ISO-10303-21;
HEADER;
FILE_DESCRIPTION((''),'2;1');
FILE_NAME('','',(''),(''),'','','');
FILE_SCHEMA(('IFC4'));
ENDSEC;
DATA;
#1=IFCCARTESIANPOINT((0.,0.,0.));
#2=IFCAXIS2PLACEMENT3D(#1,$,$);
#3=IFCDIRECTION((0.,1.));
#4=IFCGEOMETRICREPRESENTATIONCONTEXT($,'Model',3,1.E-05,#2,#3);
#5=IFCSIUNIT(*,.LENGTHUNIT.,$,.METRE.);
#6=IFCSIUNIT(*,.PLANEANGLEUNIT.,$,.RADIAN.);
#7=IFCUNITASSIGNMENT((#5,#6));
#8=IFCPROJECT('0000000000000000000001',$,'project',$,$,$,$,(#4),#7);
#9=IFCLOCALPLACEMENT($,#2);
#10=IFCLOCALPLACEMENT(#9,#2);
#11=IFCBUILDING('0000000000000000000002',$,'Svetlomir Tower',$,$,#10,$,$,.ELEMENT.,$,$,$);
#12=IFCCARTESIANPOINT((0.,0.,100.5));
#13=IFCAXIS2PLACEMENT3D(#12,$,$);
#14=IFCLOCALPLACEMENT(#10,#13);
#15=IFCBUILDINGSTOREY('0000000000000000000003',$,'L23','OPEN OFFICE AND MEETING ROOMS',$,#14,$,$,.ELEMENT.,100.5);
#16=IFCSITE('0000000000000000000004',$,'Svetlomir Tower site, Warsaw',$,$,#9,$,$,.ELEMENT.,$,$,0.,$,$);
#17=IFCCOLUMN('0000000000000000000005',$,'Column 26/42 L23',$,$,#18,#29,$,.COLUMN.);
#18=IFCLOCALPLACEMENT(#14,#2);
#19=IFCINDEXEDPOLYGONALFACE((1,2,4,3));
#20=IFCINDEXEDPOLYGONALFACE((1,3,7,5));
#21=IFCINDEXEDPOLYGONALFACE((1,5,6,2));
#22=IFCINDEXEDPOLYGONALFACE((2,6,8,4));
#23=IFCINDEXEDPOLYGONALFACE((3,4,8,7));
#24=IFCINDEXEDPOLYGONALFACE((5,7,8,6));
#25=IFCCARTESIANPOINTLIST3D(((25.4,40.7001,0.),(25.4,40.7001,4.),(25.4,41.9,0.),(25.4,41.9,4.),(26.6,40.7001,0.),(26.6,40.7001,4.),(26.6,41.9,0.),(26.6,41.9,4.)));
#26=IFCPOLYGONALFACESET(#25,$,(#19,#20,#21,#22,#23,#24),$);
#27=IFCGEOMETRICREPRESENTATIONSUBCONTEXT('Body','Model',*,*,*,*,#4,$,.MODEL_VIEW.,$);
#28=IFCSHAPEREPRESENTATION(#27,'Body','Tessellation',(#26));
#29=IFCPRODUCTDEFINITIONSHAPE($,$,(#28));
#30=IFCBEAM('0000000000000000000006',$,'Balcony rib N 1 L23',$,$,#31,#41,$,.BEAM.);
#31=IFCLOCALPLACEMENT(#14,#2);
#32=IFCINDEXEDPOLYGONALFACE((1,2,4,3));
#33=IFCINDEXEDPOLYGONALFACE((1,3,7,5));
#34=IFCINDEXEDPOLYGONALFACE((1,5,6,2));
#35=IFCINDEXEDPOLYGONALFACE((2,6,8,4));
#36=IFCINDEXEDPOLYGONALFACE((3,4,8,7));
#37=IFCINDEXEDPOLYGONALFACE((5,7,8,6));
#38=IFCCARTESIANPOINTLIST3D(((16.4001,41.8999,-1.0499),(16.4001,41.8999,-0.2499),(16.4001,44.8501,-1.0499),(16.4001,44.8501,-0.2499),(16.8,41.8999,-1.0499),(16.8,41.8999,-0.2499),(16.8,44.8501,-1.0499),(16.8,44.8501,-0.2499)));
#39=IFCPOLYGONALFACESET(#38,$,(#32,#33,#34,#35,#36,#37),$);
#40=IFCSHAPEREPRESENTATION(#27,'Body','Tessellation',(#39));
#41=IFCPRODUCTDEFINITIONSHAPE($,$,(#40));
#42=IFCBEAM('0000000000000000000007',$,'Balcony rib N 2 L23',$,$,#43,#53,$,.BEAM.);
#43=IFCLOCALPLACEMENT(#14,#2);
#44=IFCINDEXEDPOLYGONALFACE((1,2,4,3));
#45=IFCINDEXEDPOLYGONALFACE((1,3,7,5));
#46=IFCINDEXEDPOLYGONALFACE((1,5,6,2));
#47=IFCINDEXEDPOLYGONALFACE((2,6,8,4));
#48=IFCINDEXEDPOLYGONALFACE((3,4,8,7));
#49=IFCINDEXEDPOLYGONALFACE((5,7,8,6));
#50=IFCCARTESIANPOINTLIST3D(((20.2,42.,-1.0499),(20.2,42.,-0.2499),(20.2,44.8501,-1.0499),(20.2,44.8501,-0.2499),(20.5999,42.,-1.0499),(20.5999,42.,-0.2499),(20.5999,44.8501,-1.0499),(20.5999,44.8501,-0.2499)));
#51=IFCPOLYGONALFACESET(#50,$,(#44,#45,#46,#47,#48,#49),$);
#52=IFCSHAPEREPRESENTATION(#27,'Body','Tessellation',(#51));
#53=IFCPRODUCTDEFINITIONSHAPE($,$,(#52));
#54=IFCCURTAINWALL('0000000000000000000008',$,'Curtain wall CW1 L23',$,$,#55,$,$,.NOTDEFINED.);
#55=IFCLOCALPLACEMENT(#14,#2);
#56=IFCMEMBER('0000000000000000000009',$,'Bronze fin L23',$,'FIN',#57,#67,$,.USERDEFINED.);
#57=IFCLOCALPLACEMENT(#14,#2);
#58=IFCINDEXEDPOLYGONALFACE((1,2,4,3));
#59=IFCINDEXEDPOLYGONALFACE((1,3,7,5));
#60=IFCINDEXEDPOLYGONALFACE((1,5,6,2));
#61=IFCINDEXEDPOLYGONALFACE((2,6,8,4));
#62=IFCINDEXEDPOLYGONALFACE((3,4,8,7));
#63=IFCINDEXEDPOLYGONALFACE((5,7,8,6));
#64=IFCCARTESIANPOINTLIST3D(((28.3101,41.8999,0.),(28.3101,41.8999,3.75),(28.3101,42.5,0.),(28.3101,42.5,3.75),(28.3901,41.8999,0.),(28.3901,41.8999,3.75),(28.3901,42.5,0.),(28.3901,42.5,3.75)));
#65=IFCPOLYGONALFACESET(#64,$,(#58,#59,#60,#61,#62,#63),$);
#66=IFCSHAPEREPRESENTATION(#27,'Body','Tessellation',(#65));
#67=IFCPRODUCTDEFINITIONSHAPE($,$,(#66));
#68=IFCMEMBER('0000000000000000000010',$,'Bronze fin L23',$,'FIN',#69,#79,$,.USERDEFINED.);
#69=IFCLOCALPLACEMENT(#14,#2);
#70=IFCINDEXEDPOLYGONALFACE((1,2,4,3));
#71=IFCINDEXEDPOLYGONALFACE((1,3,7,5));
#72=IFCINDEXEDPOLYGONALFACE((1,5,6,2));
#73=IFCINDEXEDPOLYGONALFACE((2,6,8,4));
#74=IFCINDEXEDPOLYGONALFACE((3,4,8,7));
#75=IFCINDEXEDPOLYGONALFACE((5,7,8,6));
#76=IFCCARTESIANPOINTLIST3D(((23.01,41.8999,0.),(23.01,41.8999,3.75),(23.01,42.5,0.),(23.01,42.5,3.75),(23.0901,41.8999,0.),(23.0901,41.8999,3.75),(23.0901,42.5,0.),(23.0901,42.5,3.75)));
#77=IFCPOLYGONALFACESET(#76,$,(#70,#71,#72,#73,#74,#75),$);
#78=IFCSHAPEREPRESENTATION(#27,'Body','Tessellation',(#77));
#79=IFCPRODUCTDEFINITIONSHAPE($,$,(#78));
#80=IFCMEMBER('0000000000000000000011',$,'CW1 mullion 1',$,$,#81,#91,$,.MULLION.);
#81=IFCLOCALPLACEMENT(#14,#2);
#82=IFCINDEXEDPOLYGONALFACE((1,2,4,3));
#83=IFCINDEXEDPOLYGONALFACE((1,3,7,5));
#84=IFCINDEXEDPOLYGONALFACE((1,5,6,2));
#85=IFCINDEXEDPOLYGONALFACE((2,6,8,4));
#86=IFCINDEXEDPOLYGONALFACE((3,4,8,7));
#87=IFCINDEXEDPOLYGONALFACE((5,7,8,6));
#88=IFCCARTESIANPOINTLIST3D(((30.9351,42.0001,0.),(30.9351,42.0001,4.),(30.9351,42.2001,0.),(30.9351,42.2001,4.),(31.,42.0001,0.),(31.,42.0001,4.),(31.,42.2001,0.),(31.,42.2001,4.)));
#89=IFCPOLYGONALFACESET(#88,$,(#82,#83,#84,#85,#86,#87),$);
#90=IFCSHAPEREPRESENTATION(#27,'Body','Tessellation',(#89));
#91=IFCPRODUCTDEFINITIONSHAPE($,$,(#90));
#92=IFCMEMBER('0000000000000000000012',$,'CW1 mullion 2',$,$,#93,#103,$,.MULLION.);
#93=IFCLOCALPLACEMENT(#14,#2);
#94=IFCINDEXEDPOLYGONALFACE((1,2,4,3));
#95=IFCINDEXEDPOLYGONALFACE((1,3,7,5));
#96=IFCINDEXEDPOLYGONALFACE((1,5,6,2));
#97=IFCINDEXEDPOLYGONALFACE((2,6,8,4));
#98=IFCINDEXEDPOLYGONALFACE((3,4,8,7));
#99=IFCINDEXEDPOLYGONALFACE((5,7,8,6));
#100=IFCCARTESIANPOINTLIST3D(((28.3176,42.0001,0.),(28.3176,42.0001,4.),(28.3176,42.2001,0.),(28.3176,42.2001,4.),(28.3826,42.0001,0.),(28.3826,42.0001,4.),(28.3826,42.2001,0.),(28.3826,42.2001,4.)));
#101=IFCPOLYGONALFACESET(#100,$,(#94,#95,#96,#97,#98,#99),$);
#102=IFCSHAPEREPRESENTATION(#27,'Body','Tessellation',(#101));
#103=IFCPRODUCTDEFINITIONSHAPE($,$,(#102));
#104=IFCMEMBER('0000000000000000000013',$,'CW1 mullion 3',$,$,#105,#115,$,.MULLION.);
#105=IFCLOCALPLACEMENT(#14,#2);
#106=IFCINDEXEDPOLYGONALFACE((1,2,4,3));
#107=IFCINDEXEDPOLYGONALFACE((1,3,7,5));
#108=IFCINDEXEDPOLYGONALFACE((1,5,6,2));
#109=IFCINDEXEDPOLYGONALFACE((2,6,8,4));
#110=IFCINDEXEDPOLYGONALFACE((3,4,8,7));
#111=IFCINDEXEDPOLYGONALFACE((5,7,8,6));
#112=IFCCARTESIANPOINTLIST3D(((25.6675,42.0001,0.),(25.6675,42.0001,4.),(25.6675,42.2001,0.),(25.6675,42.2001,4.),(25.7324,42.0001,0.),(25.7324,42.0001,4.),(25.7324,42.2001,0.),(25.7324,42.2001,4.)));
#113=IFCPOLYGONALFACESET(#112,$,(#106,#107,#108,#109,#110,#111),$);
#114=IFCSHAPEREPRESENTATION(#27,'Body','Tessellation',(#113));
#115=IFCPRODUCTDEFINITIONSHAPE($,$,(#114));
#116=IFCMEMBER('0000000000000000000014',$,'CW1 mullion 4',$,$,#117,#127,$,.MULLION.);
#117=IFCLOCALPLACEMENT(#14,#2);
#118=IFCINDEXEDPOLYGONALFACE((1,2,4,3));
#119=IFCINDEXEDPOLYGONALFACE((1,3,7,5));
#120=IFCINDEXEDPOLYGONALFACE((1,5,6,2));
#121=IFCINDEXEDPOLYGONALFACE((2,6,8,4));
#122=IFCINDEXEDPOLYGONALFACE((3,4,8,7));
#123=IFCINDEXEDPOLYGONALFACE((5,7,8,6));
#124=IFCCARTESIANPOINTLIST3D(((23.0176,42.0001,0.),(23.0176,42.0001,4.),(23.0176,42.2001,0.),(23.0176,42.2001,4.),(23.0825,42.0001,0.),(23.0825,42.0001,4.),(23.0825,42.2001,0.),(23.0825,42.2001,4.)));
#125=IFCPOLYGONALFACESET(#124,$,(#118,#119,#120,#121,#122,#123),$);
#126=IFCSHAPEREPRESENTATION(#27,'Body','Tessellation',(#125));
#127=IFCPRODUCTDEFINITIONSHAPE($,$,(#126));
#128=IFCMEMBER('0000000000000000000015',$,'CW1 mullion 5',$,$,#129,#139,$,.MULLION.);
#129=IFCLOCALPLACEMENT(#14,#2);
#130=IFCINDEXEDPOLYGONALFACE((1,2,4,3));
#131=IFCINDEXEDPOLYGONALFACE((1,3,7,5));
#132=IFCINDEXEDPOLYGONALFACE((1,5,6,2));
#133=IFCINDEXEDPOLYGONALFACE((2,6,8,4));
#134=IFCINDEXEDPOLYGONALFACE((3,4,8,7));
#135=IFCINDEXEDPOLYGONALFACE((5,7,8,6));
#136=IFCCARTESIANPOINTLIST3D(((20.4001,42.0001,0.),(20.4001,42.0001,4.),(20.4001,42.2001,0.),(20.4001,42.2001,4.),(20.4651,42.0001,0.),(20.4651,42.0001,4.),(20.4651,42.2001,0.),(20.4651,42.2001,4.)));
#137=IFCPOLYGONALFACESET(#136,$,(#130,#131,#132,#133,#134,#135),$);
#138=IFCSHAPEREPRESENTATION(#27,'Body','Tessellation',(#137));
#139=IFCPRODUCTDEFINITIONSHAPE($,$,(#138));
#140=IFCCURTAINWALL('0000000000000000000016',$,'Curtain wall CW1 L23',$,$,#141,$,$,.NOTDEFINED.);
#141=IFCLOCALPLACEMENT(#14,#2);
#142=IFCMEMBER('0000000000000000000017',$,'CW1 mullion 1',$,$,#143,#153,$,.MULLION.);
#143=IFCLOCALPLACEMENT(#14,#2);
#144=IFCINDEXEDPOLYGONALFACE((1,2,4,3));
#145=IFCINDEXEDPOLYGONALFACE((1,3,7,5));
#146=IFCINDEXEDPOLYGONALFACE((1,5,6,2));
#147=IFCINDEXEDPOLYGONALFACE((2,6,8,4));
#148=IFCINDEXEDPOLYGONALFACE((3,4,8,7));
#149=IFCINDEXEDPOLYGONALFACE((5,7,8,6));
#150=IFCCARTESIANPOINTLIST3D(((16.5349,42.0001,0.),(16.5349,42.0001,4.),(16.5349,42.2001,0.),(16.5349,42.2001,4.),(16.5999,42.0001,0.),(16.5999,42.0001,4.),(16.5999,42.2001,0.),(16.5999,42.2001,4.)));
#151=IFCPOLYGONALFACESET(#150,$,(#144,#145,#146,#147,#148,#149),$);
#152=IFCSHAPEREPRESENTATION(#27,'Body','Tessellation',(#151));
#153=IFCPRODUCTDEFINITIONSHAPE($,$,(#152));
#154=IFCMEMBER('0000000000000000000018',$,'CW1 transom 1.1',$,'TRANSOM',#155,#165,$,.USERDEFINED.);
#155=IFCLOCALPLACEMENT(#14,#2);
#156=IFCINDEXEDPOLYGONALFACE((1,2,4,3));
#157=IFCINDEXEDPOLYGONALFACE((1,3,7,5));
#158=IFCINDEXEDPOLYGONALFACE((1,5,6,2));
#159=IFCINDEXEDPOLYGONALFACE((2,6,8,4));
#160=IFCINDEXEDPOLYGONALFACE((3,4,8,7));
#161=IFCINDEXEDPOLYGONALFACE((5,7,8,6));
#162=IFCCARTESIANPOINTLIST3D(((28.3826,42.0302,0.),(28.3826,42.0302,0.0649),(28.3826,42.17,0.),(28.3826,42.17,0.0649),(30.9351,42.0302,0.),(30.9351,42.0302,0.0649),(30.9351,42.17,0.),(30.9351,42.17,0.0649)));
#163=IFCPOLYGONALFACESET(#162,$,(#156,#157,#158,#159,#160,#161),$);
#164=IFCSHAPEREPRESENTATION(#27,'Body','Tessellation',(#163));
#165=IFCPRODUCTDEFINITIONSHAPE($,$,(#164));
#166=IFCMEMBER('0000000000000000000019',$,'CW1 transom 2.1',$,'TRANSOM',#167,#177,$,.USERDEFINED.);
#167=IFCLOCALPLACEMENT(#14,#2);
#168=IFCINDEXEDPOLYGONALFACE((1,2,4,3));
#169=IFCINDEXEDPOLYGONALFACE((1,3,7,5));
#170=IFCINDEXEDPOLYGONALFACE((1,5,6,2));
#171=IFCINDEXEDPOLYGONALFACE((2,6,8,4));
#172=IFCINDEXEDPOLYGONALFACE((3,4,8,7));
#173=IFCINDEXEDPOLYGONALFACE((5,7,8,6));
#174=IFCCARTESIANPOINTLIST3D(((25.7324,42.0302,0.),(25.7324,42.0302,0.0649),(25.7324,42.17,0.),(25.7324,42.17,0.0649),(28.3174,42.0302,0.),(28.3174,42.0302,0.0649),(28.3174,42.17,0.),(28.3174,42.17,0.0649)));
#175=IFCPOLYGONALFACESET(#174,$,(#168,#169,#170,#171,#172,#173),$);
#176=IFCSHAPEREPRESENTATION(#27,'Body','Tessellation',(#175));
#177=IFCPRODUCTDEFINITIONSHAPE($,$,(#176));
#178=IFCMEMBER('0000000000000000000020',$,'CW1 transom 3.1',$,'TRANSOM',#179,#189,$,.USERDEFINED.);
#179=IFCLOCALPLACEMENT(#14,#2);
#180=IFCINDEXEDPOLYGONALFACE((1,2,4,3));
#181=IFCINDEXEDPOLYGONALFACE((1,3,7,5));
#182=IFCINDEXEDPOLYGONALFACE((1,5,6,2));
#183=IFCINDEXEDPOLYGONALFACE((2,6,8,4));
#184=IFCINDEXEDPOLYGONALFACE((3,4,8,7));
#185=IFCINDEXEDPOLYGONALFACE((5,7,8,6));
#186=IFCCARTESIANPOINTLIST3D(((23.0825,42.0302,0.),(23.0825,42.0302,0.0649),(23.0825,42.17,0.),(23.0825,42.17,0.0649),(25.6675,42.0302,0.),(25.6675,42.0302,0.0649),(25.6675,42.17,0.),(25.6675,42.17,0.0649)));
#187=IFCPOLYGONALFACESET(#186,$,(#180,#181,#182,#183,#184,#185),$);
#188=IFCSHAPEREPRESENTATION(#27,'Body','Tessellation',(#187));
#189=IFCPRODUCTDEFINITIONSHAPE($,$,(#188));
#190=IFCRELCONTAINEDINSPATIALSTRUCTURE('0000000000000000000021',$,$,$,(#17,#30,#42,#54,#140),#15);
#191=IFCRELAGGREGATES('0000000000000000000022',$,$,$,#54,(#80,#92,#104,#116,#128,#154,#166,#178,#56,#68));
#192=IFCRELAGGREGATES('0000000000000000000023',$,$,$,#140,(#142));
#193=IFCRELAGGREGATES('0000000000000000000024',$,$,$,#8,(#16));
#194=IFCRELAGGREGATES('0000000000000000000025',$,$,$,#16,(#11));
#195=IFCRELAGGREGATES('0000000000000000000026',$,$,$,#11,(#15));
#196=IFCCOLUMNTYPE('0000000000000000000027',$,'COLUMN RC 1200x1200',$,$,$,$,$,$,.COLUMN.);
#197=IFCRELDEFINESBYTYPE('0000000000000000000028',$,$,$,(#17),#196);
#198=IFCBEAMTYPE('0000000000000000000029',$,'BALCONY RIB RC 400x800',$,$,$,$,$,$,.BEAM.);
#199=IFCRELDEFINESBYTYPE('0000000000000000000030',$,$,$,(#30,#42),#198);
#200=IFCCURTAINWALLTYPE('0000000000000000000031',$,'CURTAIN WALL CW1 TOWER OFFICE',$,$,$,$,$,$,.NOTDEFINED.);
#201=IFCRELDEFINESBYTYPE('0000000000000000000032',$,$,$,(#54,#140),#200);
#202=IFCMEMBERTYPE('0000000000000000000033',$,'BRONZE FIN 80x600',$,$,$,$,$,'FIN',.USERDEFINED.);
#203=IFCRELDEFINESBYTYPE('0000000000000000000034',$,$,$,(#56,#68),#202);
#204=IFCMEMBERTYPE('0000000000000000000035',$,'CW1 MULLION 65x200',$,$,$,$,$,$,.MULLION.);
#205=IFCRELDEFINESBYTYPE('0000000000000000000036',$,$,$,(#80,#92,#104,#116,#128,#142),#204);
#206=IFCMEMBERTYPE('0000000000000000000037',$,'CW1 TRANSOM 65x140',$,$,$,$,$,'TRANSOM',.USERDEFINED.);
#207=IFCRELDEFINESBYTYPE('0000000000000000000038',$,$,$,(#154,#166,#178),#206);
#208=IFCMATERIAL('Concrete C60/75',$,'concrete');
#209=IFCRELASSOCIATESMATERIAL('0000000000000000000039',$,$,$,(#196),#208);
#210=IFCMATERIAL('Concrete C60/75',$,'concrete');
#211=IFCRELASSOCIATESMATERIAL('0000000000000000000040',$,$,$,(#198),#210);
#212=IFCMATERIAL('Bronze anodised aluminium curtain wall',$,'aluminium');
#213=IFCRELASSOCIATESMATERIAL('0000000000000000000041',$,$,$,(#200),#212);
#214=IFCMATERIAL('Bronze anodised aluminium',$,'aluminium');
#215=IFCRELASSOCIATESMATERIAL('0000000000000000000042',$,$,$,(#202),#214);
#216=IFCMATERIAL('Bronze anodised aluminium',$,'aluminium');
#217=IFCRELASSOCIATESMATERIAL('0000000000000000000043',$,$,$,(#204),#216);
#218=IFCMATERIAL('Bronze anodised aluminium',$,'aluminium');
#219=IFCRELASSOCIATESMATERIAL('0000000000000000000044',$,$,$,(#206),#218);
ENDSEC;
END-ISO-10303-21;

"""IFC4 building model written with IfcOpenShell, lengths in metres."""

from ifc_helpers import new_model, si_unit, direction, frame, origin, origin_2d, place, context, subcontext, project, spatial, rectangle, extrude, material, material_profile, profile_set, type_object, element, aggregate, save


model = new_model("IFC4")

# Units and contexts
model_context = context("Model", 3, precision=1e-05, world=origin(), true_north=direction((0.0, 1.0)))
body_context = subcontext(model_context, "Body", "Model", "MODEL_VIEW")
ifc_project = project(units=[si_unit("LENGTHUNIT", "METRE"), si_unit("PLANEANGLEUNIT", "RADIAN")], contexts=[model_context])

# Site, building, storey
site_placement = place(None, origin())
site = spatial("IfcSite", under=ifc_project, at=site_placement, Name="Svetlomir Tower site, Warsaw", CompositionType="ELEMENT", RefElevation=0.0)
building_placement = place(site_placement, origin())
building = spatial("IfcBuilding", under=site, at=building_placement, Name="Svetlomir Tower", CompositionType="ELEMENT")
storey_placement = place(building_placement, frame((0.0, 0.0, 100.5)))
storey = spatial("IfcBuildingStorey", under=building, at=storey_placement, Name="L23", Description="OPEN OFFICE AND MEETING ROOMS", CompositionType="ELEMENT", Elevation=100.5)

# Column
ifc_material_1 = material(Name="Concrete C60/75", Category="concrete")
ifc_material_profile_1 = material_profile(ifc_material_1, rectangle(XDim=1.2, YDim=1.2, at=origin_2d()), Name="RC 1200x1200")
ifc_profile_set_1 = profile_set([ifc_material_profile_1], Name="Concrete C60/75")
column_type = type_object("IfcColumnType", Name="COLUMN RC 1200x1200", PredefinedType="COLUMN", material=ifc_profile_set_1)
column_placement = place(storey_placement, frame((26.0, 41.3, 0.0), z_axis=(0.0, 0.0, 1.0), x_axis=(1.0, 0.0, 0.0)))
element("IfcColumn", 1, at=column_placement, inside=storey, type_object=column_type, Name="Column 26/42 L23", PredefinedType="COLUMN", context=body_context, shape_type="SweptSolid", body=[
    extrude(rectangle(XDim=1.2, YDim=1.2, at=origin_2d()), origin(), (0.0, 0.0, 1.0), 4.0),
])

# Beams
ifc_material_2 = material(Name="Concrete C60/75", Category="concrete")
ifc_material_profile_2 = material_profile(ifc_material_2, rectangle(XDim=0.3999, YDim=0.8, at=origin_2d()), Name="RC 400x800")
ifc_profile_set_2 = profile_set([ifc_material_profile_2], Name="Concrete C60/75")
beam_type_1 = type_object("IfcBeamType", Name="BALCONY RIB RC 400x800", PredefinedType="BEAM", material=ifc_profile_set_2)
beam_1_placement = place(storey_placement, frame((16.6001, 41.8999, -0.6499), z_axis=(0.0, 1.0, 0.0), x_axis=(-1.0, 0.0, 0.0)))
element("IfcBeam", 2, at=beam_1_placement, inside=storey, type_object=beam_type_1, Name="Balcony rib N 1 L23", PredefinedType="BEAM", context=body_context, shape_type="SweptSolid", body=[
    extrude(rectangle(XDim=0.3999, YDim=0.8, at=origin_2d()), origin(), (0.0, 0.0, 1.0), 2.9502),
])
beam_2_placement = place(storey_placement, frame((20.3999, 42.0, -0.6499), z_axis=(0.0, 1.0, 0.0), x_axis=(-1.0, 0.0, 0.0)))
element("IfcBeam", 3, at=beam_2_placement, inside=storey, type_object=beam_type_1, Name="Balcony rib N 2 L23", PredefinedType="BEAM", context=body_context, shape_type="SweptSolid", body=[
    extrude(rectangle(XDim=0.3999, YDim=0.8, at=origin_2d()), origin(), (0.0, 0.0, 1.0), 2.8501),
])

# Curtain wall, members
ifc_material_3 = material(Name="Bronze anodised aluminium curtain wall", Category="aluminium")
curtain_wall_type = type_object("IfcCurtainWallType", Name="CURTAIN WALL CW1 TOWER OFFICE", PredefinedType="NOTDEFINED", material=ifc_material_3)
curtain_wall_1_placement = place(storey_placement, origin())
curtain_wall_1 = element("IfcCurtainWall", 4, at=curtain_wall_1_placement, inside=storey, type_object=curtain_wall_type, Name="Curtain wall CW1 L23", PredefinedType="NOTDEFINED")
ifc_material_4 = material(Name="Bronze anodised aluminium", Category="aluminium")
ifc_material_profile_3 = material_profile(ifc_material_4, rectangle(XDim=0.0801, YDim=0.6001, at=origin_2d()), Name="FIN 80x600")
ifc_profile_set_3 = profile_set([ifc_material_profile_3], Name="Bronze anodised aluminium 6063-T6")
member_type_1 = type_object("IfcMemberType", Name="BRONZE FIN 80x600", ElementType="FIN", PredefinedType="USERDEFINED", material=ifc_profile_set_3)
member_1_placement = place(storey_placement, frame((28.3501, 42.2, 0.0), z_axis=(0.0, 0.0, 1.0), x_axis=(1.0, 0.0, 0.0)))
member_1 = element("IfcMember", 5, at=member_1_placement, type_object=member_type_1, Name="Bronze fin L23", ObjectType="FIN", PredefinedType="USERDEFINED", context=body_context, shape_type="SweptSolid", body=[
    extrude(rectangle(XDim=0.0801, YDim=0.6001, at=origin_2d()), origin(), (0.0, 0.0, 1.0), 3.75),
])
member_2_placement = place(storey_placement, frame((23.05, 42.2, 0.0), z_axis=(0.0, 0.0, 1.0), x_axis=(1.0, 0.0, 0.0)))
member_2 = element("IfcMember", 6, at=member_2_placement, type_object=member_type_1, Name="Bronze fin L23", ObjectType="FIN", PredefinedType="USERDEFINED", context=body_context, shape_type="SweptSolid", body=[
    extrude(rectangle(XDim=0.0801, YDim=0.6001, at=origin_2d()), origin(), (0.0, 0.0, 1.0), 3.75),
])
ifc_material_5 = material(Name="Bronze anodised aluminium", Category="aluminium")
ifc_material_profile_4 = material_profile(ifc_material_5, rectangle(XDim=0.0649, YDim=0.2, at=origin_2d()), Name="AL 65x200")
ifc_profile_set_4 = profile_set([ifc_material_profile_4], Name="Bronze anodised aluminium 6063-T6")
member_type_2 = type_object("IfcMemberType", Name="CW1 MULLION 65x200", PredefinedType="MULLION", material=ifc_profile_set_4)
member_3_placement = place(storey_placement, frame((30.9675, 42.1001, 0.0), z_axis=(0.0, 0.0, 1.0), x_axis=(-1.0, 0.0, 0.0)))
member_3 = element("IfcMember", 7, at=member_3_placement, type_object=member_type_2, Name="CW1 mullion 1", PredefinedType="MULLION", context=body_context, shape_type="SweptSolid", body=[
    extrude(rectangle(XDim=0.0649, YDim=0.2, at=origin_2d()), origin(), (0.0, 0.0, 1.0), 4.0),
])
member_4_placement = place(storey_placement, frame((28.3501, 42.1001, 0.0), z_axis=(0.0, 0.0, 1.0), x_axis=(-1.0, 0.0, 0.0)))
member_4 = element("IfcMember", 8, at=member_4_placement, type_object=member_type_2, Name="CW1 mullion 2", PredefinedType="MULLION", context=body_context, shape_type="SweptSolid", body=[
    extrude(rectangle(XDim=0.0649, YDim=0.2, at=origin_2d()), origin(), (0.0, 0.0, 1.0), 4.0),
])
member_5_placement = place(storey_placement, frame((25.7, 42.1001, 0.0), z_axis=(0.0, 0.0, 1.0), x_axis=(-1.0, 0.0, 0.0)))
member_5 = element("IfcMember", 9, at=member_5_placement, type_object=member_type_2, Name="CW1 mullion 3", PredefinedType="MULLION", context=body_context, shape_type="SweptSolid", body=[
    extrude(rectangle(XDim=0.0649, YDim=0.2, at=origin_2d()), origin(), (0.0, 0.0, 1.0), 4.0),
])
member_6_placement = place(storey_placement, frame((23.05, 42.1001, 0.0), z_axis=(0.0, 0.0, 1.0), x_axis=(-1.0, 0.0, 0.0)))
member_6 = element("IfcMember", 10, at=member_6_placement, type_object=member_type_2, Name="CW1 mullion 4", PredefinedType="MULLION", context=body_context, shape_type="SweptSolid", body=[
    extrude(rectangle(XDim=0.0649, YDim=0.2, at=origin_2d()), origin(), (0.0, 0.0, 1.0), 4.0),
])
member_7_placement = place(storey_placement, frame((20.4326, 42.1001, 0.0), z_axis=(0.0, 0.0, 1.0), x_axis=(-1.0, 0.0, 0.0)))
member_7 = element("IfcMember", 11, at=member_7_placement, type_object=member_type_2, Name="CW1 mullion 5", PredefinedType="MULLION", context=body_context, shape_type="SweptSolid", body=[
    extrude(rectangle(XDim=0.0649, YDim=0.2, at=origin_2d()), origin(), (0.0, 0.0, 1.0), 4.0),
])

# Curtain wall, member
curtain_wall_2_placement = place(storey_placement, origin())
curtain_wall_2 = element("IfcCurtainWall", 12, at=curtain_wall_2_placement, inside=storey, type_object=curtain_wall_type, Name="Curtain wall CW1 L23", PredefinedType="NOTDEFINED")
member_8_placement = place(storey_placement, frame((16.5674, 42.1001, 0.0), z_axis=(0.0, 0.0, 1.0), x_axis=(-1.0, 0.0, 0.0)))
member_8 = element("IfcMember", 13, at=member_8_placement, type_object=member_type_2, Name="CW1 mullion 1", PredefinedType="MULLION", context=body_context, shape_type="SweptSolid", body=[
    extrude(rectangle(XDim=0.0649, YDim=0.2, at=origin_2d()), origin(), (0.0, 0.0, 1.0), 4.0),
])

# Members
ifc_material_6 = material(Name="Bronze anodised aluminium", Category="aluminium")
ifc_material_profile_5 = material_profile(ifc_material_6, rectangle(XDim=0.1399, YDim=0.0649, at=origin_2d()), Name="AL 140x65")
ifc_profile_set_5 = profile_set([ifc_material_profile_5], Name="Bronze anodised aluminium 6063-T6")
member_type_3 = type_object("IfcMemberType", Name="CW1 TRANSOM 65x140", ElementType="TRANSOM", PredefinedType="USERDEFINED", material=ifc_profile_set_5)
member_9_placement = place(storey_placement, frame((30.9351, 42.1001, 0.0325), z_axis=(-1.0, 0.0, 0.0), x_axis=(0.0, -1.0, 0.0)))
member_9 = element("IfcMember", 14, at=member_9_placement, type_object=member_type_3, Name="CW1 transom 1.1", ObjectType="TRANSOM", PredefinedType="USERDEFINED", context=body_context, shape_type="SweptSolid", body=[
    extrude(rectangle(XDim=0.1399, YDim=0.0649, at=origin_2d()), origin(), (0.0, 0.0, 1.0), 2.5525),
])
member_10_placement = place(storey_placement, frame((28.3174, 42.1001, 0.0325), z_axis=(-1.0, 0.0, 0.0), x_axis=(0.0, -1.0, 0.0)))
member_10 = element("IfcMember", 15, at=member_10_placement, type_object=member_type_3, Name="CW1 transom 2.1", ObjectType="TRANSOM", PredefinedType="USERDEFINED", context=body_context, shape_type="SweptSolid", body=[
    extrude(rectangle(XDim=0.1399, YDim=0.0649, at=origin_2d()), origin(), (0.0, 0.0, 1.0), 2.585),
])
member_11_placement = place(storey_placement, frame((25.6675, 42.1001, 0.0325), z_axis=(-1.0, 0.0, 0.0), x_axis=(0.0, -1.0, 0.0)))
member_11 = element("IfcMember", 16, at=member_11_placement, type_object=member_type_3, Name="CW1 transom 3.1", ObjectType="TRANSOM", PredefinedType="USERDEFINED", context=body_context, shape_type="SweptSolid", body=[
    extrude(rectangle(XDim=0.1399, YDim=0.0649, at=origin_2d()), origin(), (0.0, 0.0, 1.0), 2.585),
])

aggregate(curtain_wall_1, [member_3, member_4, member_5, member_6, member_7, member_9, member_10, member_11, member_1, member_2])
aggregate(curtain_wall_2, [member_8])

save(model, "model.ifc")
